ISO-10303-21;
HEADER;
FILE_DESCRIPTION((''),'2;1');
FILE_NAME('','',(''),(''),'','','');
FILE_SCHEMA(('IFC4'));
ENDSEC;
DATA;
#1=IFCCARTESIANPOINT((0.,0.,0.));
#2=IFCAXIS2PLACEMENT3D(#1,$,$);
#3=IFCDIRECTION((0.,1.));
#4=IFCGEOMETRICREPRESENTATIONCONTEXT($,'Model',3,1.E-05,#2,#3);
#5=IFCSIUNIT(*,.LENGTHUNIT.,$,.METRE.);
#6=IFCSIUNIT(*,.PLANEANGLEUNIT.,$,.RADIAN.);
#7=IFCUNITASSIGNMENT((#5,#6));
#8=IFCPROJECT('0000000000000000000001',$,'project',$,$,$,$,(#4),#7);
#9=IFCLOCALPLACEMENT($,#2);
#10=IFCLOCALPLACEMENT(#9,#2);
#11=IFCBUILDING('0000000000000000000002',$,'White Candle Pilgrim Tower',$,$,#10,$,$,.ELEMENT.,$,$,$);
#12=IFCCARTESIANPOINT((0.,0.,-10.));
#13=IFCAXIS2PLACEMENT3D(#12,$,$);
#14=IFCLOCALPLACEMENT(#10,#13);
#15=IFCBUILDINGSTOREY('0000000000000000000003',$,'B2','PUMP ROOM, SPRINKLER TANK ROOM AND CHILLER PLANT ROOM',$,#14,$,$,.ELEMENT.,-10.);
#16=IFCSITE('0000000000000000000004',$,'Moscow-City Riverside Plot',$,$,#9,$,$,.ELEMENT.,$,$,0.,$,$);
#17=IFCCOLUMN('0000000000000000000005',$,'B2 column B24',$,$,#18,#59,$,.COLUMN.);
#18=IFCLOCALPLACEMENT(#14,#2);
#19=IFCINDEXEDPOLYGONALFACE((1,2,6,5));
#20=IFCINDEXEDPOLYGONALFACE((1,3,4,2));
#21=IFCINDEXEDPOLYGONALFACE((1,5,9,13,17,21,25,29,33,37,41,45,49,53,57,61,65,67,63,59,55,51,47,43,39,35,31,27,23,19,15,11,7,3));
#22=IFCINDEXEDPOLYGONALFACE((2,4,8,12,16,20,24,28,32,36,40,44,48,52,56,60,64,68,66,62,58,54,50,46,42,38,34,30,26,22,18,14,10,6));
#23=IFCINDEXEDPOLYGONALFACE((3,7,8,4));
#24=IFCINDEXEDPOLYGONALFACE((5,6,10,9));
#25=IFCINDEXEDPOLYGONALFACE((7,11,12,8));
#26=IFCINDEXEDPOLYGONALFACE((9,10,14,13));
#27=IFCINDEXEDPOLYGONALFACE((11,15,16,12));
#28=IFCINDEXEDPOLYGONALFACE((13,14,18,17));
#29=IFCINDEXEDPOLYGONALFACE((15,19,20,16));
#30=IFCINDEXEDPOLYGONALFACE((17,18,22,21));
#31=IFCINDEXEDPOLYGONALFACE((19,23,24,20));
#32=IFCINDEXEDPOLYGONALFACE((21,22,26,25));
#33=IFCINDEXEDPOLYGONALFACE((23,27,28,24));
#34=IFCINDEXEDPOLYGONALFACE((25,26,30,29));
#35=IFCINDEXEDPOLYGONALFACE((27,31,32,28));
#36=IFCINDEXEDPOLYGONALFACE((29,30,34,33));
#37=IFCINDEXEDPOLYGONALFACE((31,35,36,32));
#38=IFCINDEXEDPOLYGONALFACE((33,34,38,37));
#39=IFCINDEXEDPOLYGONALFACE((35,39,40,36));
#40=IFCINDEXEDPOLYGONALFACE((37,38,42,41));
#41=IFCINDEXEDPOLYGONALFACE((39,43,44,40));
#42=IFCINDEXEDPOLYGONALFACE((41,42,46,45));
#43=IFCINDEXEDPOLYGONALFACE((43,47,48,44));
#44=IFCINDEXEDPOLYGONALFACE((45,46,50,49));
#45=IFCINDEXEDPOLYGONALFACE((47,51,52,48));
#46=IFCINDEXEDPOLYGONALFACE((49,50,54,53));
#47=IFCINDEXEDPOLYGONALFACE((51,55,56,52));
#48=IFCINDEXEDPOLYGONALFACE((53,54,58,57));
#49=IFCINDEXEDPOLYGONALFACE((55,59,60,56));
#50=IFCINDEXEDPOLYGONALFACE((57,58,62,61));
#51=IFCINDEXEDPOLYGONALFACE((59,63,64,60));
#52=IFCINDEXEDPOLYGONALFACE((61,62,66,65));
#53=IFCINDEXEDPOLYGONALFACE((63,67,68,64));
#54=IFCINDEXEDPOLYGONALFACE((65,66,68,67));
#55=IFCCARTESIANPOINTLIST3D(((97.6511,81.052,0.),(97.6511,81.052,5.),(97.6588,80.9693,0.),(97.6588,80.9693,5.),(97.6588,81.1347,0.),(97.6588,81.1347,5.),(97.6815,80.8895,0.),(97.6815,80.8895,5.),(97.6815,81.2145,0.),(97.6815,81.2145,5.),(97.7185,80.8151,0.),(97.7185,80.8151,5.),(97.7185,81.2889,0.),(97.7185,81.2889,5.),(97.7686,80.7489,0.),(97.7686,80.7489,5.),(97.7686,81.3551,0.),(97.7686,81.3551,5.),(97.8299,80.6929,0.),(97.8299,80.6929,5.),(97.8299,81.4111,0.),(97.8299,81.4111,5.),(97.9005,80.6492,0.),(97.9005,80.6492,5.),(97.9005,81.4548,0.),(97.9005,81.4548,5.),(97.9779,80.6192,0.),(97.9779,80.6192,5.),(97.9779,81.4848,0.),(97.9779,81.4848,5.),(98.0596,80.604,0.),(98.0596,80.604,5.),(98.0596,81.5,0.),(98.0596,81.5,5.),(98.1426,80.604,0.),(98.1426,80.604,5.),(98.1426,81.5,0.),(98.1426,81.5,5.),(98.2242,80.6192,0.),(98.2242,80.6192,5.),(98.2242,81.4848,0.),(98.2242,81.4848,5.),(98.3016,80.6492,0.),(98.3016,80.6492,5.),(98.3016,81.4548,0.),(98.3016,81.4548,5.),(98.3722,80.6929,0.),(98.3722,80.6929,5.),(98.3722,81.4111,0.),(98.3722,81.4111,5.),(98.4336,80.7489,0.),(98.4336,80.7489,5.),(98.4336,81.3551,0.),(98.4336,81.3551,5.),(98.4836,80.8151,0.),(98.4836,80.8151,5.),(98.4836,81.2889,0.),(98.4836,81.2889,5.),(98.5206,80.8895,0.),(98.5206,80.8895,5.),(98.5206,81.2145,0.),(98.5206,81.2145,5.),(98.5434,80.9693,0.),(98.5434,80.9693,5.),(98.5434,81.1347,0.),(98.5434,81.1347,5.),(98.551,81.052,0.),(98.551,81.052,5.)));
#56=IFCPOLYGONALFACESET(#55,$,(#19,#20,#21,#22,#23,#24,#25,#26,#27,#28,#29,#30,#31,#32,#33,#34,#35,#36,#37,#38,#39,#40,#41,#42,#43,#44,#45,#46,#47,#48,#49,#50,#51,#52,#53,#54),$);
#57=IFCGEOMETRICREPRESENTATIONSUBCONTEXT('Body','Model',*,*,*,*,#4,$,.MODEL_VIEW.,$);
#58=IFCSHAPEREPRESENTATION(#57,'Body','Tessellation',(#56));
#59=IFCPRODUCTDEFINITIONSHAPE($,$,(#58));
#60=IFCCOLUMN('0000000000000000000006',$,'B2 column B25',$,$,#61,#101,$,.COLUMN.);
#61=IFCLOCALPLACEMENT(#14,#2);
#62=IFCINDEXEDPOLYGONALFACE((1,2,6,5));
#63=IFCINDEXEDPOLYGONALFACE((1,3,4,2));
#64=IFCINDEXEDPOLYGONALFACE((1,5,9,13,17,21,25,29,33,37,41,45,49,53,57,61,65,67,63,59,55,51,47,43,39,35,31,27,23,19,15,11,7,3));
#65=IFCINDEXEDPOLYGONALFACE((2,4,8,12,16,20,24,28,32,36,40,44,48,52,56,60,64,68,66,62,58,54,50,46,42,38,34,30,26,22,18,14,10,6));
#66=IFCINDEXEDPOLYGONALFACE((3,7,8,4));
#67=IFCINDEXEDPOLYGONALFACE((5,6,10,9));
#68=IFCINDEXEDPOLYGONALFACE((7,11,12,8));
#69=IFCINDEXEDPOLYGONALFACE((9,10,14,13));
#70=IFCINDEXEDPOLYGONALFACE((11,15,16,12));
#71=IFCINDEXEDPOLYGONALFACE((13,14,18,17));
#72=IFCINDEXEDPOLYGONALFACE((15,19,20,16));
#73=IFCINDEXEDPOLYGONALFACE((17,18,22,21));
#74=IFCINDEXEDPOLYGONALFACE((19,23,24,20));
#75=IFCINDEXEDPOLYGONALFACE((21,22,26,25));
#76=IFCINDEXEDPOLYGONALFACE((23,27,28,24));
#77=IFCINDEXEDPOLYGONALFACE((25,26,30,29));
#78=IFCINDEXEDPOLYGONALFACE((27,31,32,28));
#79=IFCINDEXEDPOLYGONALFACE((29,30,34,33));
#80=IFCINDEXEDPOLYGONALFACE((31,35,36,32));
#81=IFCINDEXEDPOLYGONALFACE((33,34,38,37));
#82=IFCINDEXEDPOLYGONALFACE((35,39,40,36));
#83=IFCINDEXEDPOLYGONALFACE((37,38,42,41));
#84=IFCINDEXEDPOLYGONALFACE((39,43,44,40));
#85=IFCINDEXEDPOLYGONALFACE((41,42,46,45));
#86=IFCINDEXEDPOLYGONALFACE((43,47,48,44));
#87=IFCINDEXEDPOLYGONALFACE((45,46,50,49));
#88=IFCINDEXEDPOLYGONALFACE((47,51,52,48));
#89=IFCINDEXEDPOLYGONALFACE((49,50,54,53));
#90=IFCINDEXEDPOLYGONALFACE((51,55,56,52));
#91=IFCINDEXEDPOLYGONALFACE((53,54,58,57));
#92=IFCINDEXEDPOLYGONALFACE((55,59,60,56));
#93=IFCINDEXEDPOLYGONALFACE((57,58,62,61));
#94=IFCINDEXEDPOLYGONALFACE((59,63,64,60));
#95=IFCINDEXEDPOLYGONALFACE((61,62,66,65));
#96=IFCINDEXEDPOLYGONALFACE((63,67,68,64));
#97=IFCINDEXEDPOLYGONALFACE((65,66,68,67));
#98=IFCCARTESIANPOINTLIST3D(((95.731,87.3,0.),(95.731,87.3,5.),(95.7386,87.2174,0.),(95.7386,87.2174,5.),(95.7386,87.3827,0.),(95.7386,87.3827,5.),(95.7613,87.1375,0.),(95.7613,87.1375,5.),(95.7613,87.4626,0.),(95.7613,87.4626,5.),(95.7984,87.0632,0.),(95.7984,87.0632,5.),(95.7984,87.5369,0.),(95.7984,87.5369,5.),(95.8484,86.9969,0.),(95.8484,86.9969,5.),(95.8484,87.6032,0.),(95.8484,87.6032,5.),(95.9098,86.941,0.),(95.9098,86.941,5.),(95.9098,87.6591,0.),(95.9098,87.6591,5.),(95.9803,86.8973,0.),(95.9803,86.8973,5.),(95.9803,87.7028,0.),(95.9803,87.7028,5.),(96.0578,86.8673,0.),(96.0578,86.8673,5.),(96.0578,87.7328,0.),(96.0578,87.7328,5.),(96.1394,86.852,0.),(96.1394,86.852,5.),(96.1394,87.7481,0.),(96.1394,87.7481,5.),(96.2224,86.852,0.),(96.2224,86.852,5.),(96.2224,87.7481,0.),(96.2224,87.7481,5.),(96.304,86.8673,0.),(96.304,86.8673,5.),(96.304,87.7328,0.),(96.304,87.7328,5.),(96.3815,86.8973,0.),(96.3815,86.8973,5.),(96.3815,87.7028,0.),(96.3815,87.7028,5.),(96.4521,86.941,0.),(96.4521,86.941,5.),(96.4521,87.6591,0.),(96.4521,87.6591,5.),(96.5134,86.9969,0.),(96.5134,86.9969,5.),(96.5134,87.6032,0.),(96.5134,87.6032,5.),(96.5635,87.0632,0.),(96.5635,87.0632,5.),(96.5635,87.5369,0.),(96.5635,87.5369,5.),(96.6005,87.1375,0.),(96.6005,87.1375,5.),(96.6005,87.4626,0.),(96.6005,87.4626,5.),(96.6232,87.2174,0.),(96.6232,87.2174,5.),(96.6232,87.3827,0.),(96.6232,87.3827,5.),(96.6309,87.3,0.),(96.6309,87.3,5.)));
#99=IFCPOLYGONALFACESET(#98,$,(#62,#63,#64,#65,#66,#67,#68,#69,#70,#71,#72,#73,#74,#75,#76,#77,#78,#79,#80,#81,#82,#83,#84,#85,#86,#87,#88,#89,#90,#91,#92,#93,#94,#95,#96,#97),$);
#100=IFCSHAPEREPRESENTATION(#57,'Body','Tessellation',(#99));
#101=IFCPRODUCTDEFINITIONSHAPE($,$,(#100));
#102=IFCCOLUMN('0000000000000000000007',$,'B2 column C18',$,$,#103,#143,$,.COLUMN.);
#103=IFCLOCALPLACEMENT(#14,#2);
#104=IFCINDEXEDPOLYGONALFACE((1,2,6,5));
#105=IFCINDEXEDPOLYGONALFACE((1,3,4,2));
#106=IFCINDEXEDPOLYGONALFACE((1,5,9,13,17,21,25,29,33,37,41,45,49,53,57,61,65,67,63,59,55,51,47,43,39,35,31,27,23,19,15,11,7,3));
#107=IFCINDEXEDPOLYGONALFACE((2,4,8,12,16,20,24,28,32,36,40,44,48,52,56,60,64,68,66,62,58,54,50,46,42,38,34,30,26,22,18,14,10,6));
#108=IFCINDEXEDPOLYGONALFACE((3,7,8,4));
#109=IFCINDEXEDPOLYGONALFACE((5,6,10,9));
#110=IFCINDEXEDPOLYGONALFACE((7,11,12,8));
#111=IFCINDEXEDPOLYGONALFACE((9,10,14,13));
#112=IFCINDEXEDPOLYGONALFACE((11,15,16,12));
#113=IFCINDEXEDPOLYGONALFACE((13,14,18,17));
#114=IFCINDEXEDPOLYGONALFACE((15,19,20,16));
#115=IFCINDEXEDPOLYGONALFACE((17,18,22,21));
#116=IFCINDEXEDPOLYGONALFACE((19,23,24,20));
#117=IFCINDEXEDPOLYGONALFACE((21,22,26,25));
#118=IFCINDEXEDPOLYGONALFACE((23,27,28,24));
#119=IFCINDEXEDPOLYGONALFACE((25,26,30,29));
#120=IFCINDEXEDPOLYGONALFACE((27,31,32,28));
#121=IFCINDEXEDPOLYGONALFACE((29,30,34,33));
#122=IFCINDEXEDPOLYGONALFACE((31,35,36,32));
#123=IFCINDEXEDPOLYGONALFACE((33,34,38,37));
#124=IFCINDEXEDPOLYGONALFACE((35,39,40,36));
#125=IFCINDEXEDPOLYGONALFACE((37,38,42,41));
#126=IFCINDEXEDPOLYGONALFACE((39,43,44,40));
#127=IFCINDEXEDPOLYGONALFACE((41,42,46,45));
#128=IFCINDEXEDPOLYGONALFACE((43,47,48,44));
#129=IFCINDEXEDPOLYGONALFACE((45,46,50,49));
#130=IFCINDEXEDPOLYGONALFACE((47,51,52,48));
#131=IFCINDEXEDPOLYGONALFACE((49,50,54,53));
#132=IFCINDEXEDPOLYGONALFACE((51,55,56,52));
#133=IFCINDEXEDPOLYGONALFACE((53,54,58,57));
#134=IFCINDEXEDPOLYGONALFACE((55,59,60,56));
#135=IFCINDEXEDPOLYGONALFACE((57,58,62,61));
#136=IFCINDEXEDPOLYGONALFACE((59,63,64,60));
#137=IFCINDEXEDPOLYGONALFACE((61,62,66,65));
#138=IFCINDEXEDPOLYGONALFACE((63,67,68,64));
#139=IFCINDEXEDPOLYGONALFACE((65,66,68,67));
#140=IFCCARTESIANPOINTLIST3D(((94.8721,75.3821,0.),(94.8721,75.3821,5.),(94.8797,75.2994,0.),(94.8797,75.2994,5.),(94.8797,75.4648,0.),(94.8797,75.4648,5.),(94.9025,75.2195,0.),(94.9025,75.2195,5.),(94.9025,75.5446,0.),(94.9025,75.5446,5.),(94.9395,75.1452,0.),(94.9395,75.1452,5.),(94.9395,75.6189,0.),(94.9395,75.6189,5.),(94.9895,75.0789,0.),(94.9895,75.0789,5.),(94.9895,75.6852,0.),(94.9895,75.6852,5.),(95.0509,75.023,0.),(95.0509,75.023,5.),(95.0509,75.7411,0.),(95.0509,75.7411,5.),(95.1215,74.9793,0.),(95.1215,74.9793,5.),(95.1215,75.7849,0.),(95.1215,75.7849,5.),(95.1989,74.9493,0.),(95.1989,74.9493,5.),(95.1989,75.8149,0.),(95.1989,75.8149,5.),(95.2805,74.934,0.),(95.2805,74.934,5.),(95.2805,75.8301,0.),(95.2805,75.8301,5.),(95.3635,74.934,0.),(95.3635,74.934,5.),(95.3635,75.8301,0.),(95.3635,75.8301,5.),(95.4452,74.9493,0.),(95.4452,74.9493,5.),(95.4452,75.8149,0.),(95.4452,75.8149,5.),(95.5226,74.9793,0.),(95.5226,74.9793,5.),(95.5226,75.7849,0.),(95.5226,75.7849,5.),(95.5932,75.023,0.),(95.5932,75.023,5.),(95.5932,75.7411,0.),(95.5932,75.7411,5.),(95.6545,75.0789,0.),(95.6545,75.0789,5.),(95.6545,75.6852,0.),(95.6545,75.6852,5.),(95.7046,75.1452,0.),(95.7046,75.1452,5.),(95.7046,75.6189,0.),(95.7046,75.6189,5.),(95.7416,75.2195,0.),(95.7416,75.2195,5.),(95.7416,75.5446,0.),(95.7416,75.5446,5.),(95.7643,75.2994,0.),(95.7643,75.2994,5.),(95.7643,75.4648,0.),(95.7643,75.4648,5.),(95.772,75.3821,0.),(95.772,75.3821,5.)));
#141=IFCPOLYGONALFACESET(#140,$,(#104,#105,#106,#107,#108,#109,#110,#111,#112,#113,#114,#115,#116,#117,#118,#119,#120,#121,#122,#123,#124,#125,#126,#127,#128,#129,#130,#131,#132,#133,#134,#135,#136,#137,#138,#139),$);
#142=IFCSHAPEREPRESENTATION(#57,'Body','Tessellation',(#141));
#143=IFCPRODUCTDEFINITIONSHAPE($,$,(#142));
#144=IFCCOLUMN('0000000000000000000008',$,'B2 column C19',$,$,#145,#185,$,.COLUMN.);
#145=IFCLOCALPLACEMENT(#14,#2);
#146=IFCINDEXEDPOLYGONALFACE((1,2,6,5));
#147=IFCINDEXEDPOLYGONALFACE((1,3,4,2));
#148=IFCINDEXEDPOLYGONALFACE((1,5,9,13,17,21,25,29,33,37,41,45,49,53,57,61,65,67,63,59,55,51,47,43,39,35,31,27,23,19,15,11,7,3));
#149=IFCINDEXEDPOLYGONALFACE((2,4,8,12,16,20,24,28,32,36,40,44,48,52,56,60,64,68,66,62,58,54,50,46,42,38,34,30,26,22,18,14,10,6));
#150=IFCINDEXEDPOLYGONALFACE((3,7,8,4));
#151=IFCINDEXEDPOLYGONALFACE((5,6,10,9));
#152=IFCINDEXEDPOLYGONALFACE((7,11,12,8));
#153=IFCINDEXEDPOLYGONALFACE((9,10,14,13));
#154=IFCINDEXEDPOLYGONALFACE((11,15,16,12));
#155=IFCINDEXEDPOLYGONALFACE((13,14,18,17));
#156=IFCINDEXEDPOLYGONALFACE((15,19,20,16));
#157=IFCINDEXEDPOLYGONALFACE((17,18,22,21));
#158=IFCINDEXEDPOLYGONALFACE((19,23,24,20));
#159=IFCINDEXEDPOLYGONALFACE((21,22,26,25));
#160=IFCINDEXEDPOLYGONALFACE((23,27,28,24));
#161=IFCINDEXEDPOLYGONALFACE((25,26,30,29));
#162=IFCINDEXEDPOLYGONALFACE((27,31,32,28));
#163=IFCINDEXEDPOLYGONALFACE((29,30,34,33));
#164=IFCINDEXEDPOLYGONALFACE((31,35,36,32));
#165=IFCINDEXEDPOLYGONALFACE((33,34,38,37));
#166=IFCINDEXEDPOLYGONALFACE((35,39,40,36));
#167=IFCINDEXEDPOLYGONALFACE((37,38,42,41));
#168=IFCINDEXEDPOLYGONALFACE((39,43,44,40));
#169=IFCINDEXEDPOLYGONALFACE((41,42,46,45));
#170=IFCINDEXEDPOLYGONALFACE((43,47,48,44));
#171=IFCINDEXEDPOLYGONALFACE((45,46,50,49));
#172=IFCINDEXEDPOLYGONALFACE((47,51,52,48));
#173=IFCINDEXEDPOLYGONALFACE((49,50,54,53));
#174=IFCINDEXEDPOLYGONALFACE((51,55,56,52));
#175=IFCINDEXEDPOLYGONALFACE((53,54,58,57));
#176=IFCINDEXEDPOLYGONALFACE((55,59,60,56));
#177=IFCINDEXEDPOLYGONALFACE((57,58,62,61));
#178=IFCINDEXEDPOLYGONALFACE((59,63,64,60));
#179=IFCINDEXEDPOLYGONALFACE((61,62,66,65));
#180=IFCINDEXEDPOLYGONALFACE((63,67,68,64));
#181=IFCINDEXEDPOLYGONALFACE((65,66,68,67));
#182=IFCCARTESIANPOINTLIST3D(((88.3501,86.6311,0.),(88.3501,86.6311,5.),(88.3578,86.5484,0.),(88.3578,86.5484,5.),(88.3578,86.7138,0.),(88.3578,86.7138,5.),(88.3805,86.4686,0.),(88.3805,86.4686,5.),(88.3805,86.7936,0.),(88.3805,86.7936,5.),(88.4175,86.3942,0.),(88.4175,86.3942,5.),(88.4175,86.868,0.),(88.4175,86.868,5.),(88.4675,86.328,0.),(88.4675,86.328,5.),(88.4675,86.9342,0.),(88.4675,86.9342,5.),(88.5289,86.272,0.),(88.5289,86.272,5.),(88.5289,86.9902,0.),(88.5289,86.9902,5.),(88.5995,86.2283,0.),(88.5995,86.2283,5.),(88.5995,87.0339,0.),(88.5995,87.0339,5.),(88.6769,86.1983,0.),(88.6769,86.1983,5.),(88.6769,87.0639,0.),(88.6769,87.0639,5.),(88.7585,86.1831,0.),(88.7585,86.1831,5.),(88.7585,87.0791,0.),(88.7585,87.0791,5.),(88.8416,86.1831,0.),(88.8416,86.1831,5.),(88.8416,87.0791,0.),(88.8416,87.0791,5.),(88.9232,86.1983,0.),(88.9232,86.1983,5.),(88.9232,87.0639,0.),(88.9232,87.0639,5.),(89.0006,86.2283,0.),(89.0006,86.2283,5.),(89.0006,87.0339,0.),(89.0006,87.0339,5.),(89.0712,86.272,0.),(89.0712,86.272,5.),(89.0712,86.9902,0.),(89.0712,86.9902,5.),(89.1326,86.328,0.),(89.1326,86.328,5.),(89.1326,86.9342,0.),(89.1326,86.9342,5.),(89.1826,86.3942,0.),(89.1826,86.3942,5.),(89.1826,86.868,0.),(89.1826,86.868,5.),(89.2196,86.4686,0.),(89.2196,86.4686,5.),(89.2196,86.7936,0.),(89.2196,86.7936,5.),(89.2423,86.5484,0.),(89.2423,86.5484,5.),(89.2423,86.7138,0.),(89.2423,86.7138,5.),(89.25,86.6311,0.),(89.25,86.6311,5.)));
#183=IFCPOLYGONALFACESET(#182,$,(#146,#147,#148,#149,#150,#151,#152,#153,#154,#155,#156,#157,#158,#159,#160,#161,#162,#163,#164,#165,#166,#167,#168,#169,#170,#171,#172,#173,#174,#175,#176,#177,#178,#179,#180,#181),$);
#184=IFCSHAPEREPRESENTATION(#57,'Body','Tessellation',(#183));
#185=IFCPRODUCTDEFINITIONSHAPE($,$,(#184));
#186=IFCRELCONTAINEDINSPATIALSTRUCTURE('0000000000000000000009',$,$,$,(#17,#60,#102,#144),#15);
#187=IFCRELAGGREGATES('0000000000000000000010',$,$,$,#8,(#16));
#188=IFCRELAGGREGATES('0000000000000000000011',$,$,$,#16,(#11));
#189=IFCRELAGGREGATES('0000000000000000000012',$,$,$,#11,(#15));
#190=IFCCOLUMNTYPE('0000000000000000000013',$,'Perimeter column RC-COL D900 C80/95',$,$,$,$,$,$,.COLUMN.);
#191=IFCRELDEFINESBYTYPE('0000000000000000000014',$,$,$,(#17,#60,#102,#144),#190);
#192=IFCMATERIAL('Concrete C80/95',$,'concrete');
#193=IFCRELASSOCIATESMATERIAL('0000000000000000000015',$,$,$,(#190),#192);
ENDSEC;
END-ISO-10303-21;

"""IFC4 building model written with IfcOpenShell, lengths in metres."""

from ifc_helpers import new_model, si_unit, direction, frame, origin, origin_2d, place, context, subcontext, project, spatial, circle, extrude, material, material_profile, profile_set, type_object, element, save


model = new_model("IFC4")

# Units and contexts
model_context = context("Model", 3, precision=1e-05, world=origin(), true_north=direction((0.0, 1.0)))
body_context = subcontext(model_context, "Body", "Model", "MODEL_VIEW")
ifc_project = project(units=[si_unit("LENGTHUNIT", "METRE"), si_unit("PLANEANGLEUNIT", "RADIAN")], contexts=[model_context])

# Site, building, storey
site_placement = place(None, origin())
site = spatial("IfcSite", under=ifc_project, at=site_placement, Name="Moscow-City Riverside Plot", CompositionType="ELEMENT", RefElevation=0.0)
building_placement = place(site_placement, origin())
building = spatial("IfcBuilding", under=site, at=building_placement, Name="White Candle Pilgrim Tower", CompositionType="ELEMENT")
storey_placement = place(building_placement, frame((0.0, 0.0, -10.0)))
storey = spatial("IfcBuildingStorey", under=building, at=storey_placement, Name="B2", Description="PUMP ROOM, SPRINKLER TANK ROOM AND CHILLER PLANT ROOM", CompositionType="ELEMENT", Elevation=-10.0)

# Columns
ifc_material_1 = material(Name="Concrete C80/95", Category="concrete")
ifc_material_profile_1 = material_profile(ifc_material_1, circle(Radius=0.45, at=origin_2d()), Name="RC-COL D900")
ifc_profile_set_1 = profile_set([ifc_material_profile_1], Name="Concrete C80/95")
column_type = type_object("IfcColumnType", Name="Perimeter column RC-COL D900 C80/95", PredefinedType="COLUMN", material=ifc_profile_set_1)
for number, where, z_axis, x_axis, name in (
    (1, (98.1011, 81.052, 0.0), (0.0, 0.0, 1.0), (1.0, 0.0, 0.0), "B2 column B24"),
    (2, (96.1809, 87.3, 0.0), (0.0, 0.0, 1.0), (1.0, 0.0, 0.0), "B2 column B25"),
    (3, (95.322, 75.3821, 0.0), (0.0, 0.0, 1.0), (1.0, 0.0, 0.0), "B2 column C18"),
    (4, (88.8, 86.6311, 0.0), (0.0, 0.0, 1.0), (1.0, 0.0, 0.0), "B2 column C19"),
):
    element("IfcColumn", number, at=place(storey_placement, frame(where, z_axis=z_axis, x_axis=x_axis)), inside=storey, type_object=column_type, Name=name, PredefinedType="COLUMN", context=body_context, shape_type="SweptSolid", body=[
        extrude(circle(Radius=0.45, at=origin_2d()), origin(), (0.0, 0.0, 1.0), 5.0),
    ])

save(model, "model.ifc")
